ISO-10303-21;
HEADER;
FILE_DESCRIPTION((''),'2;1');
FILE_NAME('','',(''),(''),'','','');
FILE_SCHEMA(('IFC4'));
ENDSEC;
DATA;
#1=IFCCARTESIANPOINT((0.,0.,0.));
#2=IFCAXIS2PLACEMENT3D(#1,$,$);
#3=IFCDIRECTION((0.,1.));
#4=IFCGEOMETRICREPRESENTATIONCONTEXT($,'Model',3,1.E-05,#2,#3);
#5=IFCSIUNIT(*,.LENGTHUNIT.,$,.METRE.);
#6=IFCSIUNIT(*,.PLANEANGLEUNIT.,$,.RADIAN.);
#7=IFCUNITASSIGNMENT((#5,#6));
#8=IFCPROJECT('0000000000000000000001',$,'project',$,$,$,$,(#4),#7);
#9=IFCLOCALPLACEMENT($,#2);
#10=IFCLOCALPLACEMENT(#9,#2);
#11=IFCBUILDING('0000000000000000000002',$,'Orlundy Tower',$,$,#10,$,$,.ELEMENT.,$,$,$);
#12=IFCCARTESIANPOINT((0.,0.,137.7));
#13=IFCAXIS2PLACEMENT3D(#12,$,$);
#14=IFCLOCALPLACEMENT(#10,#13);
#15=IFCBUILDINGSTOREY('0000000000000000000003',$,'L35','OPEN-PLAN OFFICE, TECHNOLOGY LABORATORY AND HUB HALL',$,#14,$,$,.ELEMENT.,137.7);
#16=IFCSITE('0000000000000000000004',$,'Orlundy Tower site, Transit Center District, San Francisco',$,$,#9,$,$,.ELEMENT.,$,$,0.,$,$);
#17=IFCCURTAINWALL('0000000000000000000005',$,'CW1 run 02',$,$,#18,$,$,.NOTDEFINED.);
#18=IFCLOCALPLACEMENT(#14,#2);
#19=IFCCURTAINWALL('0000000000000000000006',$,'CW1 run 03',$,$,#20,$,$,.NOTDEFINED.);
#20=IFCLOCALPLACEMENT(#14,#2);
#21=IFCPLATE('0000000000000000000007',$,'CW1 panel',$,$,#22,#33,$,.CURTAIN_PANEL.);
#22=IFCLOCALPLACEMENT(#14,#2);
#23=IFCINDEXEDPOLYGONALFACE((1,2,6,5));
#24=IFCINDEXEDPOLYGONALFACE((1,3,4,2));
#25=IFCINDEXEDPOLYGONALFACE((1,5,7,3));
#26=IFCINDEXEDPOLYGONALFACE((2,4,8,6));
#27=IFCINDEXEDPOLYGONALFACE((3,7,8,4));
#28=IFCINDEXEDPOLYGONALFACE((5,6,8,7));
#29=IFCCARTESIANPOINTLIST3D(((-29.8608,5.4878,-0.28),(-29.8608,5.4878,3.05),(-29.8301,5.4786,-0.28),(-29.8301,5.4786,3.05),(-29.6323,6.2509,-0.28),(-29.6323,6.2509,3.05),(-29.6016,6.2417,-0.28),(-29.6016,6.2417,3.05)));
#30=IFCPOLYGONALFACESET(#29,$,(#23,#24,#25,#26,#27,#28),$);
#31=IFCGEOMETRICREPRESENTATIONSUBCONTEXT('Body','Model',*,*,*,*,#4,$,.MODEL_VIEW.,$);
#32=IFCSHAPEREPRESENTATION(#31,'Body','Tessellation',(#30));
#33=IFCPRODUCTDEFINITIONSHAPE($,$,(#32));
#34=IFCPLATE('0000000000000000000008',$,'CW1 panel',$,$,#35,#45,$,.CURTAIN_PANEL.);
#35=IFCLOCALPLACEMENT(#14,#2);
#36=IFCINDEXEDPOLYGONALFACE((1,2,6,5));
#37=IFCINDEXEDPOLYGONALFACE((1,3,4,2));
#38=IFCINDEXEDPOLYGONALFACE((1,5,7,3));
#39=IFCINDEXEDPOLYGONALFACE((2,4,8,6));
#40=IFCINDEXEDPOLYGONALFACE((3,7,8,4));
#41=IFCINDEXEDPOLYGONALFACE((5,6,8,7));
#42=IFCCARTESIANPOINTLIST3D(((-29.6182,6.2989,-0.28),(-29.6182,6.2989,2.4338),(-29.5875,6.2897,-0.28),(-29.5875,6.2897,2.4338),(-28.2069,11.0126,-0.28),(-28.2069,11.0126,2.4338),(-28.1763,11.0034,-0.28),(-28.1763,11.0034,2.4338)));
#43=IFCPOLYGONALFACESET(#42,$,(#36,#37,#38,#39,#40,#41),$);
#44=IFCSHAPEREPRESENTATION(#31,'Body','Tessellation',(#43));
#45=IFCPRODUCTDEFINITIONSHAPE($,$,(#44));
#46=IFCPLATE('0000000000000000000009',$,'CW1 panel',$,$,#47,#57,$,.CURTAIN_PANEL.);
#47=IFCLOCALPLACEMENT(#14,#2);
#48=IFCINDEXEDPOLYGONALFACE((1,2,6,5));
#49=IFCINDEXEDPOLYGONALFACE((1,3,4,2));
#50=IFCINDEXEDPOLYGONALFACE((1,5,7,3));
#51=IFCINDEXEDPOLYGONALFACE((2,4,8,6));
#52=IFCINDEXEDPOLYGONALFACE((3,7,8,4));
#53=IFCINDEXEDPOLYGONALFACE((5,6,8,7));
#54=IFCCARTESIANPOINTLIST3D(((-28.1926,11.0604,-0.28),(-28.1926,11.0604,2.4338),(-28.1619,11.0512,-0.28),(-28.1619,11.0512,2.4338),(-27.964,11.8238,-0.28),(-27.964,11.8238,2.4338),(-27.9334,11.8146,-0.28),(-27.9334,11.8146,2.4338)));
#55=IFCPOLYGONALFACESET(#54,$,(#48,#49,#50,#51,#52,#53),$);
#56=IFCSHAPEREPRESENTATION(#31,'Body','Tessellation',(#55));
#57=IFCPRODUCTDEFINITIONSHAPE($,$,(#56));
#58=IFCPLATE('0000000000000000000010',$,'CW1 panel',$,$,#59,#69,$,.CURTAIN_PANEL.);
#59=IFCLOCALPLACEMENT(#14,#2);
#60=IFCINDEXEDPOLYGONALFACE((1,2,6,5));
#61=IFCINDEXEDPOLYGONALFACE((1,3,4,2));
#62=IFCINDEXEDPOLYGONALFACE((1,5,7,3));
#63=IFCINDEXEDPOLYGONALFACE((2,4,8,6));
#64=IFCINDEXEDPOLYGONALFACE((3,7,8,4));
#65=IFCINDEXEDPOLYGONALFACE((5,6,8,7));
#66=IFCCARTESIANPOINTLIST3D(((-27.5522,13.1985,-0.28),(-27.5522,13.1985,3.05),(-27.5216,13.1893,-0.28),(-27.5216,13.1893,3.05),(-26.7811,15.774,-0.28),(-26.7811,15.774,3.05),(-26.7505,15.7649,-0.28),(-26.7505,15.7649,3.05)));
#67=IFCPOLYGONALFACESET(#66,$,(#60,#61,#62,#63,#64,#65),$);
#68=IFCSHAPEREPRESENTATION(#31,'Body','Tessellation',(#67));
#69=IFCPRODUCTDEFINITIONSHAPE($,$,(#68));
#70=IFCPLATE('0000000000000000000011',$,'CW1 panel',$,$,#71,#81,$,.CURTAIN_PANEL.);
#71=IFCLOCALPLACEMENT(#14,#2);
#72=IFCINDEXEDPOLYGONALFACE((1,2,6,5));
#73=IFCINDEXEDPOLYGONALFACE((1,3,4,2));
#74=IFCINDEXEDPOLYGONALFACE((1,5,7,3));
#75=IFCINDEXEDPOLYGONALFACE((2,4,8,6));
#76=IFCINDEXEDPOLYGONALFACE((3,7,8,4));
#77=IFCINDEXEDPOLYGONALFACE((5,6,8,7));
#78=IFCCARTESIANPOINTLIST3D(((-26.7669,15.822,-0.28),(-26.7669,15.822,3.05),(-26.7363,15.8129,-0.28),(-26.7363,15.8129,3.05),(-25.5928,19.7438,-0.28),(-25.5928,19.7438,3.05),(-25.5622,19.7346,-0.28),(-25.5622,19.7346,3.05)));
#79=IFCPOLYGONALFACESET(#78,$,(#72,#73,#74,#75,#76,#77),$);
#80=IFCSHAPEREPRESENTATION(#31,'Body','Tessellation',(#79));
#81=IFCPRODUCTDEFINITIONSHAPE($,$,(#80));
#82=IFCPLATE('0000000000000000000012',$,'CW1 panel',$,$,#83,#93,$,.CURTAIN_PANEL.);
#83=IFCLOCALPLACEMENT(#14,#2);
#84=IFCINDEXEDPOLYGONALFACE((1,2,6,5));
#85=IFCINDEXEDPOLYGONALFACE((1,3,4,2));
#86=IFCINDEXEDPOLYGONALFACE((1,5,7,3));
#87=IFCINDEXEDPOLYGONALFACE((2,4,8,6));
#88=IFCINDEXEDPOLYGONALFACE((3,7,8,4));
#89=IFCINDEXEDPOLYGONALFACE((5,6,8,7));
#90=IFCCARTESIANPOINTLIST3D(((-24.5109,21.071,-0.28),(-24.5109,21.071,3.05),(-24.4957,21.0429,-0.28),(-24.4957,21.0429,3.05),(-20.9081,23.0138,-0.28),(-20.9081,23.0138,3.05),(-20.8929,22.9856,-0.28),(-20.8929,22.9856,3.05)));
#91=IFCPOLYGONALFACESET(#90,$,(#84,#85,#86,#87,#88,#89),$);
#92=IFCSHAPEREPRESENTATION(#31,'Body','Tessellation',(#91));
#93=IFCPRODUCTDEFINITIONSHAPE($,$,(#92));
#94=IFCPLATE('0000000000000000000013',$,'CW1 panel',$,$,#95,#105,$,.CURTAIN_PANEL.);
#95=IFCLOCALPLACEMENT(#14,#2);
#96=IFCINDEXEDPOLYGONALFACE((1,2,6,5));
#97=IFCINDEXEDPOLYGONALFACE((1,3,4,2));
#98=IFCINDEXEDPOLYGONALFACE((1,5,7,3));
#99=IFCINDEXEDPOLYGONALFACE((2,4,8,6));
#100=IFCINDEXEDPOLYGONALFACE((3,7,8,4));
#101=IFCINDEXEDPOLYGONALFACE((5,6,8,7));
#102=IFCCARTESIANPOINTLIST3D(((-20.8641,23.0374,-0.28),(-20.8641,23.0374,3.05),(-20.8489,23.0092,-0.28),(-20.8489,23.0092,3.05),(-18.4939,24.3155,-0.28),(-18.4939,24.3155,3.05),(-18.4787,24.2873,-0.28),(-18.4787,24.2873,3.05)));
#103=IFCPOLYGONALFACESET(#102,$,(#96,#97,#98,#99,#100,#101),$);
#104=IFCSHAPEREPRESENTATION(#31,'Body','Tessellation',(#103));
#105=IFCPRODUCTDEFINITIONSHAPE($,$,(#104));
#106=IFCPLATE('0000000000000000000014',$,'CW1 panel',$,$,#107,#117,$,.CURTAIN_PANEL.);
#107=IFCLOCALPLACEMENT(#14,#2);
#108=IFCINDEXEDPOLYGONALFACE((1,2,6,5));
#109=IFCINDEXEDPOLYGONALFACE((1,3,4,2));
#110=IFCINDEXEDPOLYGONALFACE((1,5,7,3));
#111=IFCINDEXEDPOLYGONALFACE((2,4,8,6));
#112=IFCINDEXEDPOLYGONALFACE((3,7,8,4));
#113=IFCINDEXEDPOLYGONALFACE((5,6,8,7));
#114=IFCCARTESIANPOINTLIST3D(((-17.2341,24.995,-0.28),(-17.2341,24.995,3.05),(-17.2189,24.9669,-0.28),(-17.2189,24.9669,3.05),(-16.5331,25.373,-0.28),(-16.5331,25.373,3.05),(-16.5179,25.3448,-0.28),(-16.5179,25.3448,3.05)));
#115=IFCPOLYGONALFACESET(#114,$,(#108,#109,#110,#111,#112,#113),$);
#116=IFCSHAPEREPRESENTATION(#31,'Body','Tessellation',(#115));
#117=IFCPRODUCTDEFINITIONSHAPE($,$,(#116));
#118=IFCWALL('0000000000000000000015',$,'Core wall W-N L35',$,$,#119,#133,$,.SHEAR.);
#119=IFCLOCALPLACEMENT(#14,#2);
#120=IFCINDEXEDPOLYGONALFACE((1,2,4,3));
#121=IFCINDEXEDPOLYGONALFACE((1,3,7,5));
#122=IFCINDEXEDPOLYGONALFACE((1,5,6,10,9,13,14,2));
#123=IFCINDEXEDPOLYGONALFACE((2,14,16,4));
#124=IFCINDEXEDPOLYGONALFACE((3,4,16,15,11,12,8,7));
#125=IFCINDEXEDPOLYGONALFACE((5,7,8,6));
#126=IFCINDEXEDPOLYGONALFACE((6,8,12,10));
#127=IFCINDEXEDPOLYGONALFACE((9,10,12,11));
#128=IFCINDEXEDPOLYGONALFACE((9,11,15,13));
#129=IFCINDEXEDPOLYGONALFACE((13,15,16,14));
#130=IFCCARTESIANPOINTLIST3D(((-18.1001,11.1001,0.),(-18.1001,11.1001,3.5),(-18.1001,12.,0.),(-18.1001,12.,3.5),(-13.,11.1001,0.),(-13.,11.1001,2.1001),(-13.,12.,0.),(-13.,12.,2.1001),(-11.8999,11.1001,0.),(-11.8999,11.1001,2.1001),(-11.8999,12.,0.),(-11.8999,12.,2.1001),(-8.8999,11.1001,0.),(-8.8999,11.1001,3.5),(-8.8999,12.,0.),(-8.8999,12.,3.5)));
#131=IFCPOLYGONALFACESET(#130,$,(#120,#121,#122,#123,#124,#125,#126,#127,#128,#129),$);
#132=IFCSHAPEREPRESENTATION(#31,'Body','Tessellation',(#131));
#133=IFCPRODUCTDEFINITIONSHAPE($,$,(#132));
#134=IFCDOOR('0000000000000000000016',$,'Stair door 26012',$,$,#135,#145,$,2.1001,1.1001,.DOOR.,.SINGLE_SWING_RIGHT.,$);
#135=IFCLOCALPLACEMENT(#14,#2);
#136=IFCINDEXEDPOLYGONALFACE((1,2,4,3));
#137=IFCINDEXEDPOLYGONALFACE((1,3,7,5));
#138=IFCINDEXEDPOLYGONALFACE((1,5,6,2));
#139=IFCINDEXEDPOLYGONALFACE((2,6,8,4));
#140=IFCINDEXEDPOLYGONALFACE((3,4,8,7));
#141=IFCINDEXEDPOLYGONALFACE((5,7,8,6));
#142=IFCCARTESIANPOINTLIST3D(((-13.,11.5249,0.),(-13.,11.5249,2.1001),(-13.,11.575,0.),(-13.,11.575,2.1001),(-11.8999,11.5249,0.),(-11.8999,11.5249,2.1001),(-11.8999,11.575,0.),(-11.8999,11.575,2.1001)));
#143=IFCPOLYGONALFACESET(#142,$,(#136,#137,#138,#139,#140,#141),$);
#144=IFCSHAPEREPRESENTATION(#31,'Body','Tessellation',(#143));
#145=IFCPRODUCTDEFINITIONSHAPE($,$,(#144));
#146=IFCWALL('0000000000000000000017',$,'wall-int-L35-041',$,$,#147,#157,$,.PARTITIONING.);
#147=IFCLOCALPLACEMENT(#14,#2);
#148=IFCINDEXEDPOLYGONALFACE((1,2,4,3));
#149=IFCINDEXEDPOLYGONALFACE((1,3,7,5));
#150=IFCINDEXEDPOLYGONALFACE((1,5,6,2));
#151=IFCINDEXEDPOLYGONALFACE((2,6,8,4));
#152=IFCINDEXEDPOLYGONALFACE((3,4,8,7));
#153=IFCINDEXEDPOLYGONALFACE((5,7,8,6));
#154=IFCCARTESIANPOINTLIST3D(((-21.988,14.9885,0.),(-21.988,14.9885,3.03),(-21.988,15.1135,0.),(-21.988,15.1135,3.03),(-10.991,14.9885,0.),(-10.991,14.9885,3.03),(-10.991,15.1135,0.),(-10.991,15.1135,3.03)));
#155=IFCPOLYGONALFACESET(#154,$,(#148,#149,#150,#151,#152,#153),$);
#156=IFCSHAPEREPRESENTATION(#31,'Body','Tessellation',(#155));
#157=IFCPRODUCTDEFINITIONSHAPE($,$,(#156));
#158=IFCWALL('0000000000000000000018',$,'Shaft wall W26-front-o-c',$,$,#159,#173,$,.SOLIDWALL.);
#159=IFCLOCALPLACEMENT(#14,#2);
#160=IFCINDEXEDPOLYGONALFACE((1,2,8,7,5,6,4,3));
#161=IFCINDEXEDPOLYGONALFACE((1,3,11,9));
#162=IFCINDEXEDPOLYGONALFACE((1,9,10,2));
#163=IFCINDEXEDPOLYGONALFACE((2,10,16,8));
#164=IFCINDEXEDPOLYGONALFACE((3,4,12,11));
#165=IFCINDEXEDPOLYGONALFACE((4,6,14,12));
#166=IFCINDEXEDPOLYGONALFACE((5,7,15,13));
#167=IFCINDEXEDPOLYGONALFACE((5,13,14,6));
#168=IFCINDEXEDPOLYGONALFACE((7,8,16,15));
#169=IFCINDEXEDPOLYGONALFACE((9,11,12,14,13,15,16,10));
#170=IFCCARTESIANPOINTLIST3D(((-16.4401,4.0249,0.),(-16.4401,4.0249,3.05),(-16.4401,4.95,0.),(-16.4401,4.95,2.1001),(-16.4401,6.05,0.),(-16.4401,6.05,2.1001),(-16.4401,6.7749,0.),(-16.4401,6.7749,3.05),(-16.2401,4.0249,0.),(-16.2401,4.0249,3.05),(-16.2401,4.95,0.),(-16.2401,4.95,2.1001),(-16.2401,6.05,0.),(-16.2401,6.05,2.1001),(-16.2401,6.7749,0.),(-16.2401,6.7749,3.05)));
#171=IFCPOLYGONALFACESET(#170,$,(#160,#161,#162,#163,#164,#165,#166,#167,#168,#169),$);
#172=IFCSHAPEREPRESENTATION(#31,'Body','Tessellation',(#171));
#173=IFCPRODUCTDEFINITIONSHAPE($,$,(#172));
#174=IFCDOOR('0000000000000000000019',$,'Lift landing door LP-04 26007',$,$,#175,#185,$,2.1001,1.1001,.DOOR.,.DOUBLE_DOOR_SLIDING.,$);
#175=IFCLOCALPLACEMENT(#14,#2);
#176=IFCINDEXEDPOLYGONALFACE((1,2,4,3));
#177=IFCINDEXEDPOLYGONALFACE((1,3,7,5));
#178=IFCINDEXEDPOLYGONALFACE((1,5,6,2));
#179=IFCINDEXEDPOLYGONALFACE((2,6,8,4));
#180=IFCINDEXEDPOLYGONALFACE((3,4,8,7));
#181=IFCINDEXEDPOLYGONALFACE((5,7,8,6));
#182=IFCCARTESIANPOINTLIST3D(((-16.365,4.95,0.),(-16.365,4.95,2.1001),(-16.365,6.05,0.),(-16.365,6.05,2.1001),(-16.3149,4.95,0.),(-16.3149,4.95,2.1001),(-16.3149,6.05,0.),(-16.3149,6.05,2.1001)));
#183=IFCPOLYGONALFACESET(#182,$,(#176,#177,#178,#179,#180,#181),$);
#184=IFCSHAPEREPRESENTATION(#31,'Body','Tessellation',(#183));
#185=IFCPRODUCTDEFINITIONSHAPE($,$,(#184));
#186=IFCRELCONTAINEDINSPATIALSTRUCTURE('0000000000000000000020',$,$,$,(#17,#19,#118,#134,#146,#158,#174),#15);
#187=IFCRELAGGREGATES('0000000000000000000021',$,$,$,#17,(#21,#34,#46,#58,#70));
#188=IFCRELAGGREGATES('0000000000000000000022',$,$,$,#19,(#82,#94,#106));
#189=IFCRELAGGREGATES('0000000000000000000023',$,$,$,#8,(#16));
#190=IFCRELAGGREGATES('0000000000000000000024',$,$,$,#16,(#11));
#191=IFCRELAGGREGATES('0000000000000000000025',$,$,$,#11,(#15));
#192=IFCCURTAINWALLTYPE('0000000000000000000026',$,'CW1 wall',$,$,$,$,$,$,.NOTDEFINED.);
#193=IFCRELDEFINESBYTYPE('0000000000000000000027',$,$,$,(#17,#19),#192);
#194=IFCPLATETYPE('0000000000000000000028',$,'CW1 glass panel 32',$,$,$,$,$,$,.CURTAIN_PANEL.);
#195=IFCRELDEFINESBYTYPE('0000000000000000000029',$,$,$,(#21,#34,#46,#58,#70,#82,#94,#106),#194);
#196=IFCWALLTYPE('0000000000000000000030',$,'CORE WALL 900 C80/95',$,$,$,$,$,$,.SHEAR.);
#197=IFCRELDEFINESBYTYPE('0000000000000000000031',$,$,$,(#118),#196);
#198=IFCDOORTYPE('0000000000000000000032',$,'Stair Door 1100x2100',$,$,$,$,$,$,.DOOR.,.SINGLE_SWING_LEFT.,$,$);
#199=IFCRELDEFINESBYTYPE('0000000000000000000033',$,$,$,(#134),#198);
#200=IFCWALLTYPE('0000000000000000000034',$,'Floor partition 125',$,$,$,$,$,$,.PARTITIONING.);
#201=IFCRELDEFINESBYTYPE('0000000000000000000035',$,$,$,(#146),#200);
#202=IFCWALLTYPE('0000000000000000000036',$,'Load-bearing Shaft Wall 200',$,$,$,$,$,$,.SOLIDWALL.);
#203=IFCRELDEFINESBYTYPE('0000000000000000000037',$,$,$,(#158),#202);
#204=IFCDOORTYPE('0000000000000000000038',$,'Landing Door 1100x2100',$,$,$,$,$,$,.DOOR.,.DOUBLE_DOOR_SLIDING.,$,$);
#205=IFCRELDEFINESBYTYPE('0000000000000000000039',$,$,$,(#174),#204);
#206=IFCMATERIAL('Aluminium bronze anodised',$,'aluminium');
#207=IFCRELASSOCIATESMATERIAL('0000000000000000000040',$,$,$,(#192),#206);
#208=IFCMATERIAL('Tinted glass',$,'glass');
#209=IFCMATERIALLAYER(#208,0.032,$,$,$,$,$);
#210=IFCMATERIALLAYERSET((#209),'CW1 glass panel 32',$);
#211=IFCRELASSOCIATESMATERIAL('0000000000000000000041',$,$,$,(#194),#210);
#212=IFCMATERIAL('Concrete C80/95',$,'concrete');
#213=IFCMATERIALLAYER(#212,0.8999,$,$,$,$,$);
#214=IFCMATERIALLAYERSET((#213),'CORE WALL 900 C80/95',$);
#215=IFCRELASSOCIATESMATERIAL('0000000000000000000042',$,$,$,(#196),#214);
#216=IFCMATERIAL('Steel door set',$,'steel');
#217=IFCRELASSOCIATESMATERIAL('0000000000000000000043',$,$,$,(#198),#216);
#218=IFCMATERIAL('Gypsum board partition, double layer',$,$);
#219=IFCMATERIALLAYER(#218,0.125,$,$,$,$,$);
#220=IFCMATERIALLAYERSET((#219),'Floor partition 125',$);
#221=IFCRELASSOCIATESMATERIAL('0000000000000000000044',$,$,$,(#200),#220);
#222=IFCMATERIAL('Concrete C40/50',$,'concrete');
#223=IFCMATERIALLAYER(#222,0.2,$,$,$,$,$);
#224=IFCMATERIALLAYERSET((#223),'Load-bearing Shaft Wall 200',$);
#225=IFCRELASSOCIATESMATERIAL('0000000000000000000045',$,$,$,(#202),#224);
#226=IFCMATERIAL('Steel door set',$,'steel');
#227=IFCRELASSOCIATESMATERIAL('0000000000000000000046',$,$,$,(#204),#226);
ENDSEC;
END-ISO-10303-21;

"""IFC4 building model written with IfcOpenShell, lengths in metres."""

from ifc_helpers import new_model, si_unit, direction, frame, frame_2d, origin, origin_2d, place, context, subcontext, project, spatial, rectangle, extrude, material, layer, layer_set, type_object, element, fill, aggregate, save


model = new_model("IFC4")

# Units and contexts
model_context = context("Model", 3, precision=1e-05, world=origin(), true_north=direction((0.0, 1.0)))
body_context = subcontext(model_context, "Body", "Model", "MODEL_VIEW")
ifc_project = project(units=[si_unit("LENGTHUNIT", "METRE"), si_unit("PLANEANGLEUNIT", "RADIAN")], contexts=[model_context])

# Site, building, storey
site_placement = place(None, origin())
site = spatial("IfcSite", under=ifc_project, at=site_placement, Name="Orlundy Tower site, Transit Center District, San Francisco", CompositionType="ELEMENT", RefElevation=0.0)
building_placement = place(site_placement, origin())
building = spatial("IfcBuilding", under=site, at=building_placement, Name="Orlundy Tower", CompositionType="ELEMENT")
storey_placement = place(building_placement, frame((0.0, 0.0, 137.7)))
storey = spatial("IfcBuildingStorey", under=building, at=storey_placement, Name="L35", Description="OPEN-PLAN OFFICE, TECHNOLOGY LABORATORY AND HUB HALL", CompositionType="ELEMENT", Elevation=137.7)

# Curtain walls
ifc_material_1 = material(Name="Aluminium bronze anodised", Category="aluminium")
curtain_wall_type = type_object("IfcCurtainWallType", Name="CW1 wall", PredefinedType="NOTDEFINED", material=ifc_material_1)
curtain_wall_1_placement = place(storey_placement, origin())
curtain_wall_1 = element("IfcCurtainWall", 1, at=curtain_wall_1_placement, inside=storey, type_object=curtain_wall_type, Name="CW1 run 02", PredefinedType="NOTDEFINED")
curtain_wall_2_placement = place(storey_placement, origin())
curtain_wall_2 = element("IfcCurtainWall", 2, at=curtain_wall_2_placement, inside=storey, type_object=curtain_wall_type, Name="CW1 run 03", PredefinedType="NOTDEFINED")

# Plates
ifc_material_2 = material(Name="Tinted glass", Category="glass")
ifc_layer_1 = layer(ifc_material_2, 0.032)
ifc_layer_set_1 = layer_set([ifc_layer_1], Name="CW1 glass panel 32")
plate_type = type_object("IfcPlateType", Name="CW1 glass panel 32", PredefinedType="CURTAIN_PANEL", material=ifc_layer_set_1)
plate_1_placement = place(storey_placement, frame((-29.7312, 5.8647, -0.28), z_axis=(0.0, 0.0, 1.0), x_axis=(0.286816, 0.957986, 0.0)))
plate_1 = element("IfcPlate", 3, at=plate_1_placement, type_object=plate_type, Name="CW1 panel", PredefinedType="CURTAIN_PANEL", context=body_context, shape_type="SweptSolid", body=[
    extrude(rectangle(XDim=0.7966, YDim=0.032, at=origin_2d()), origin(), (0.0, 0.0, 1.0), 3.3301),
])
plate_2_placement = place(storey_placement, frame((-28.8972, 8.6511, -0.28), z_axis=(0.0, 0.0, 1.0), x_axis=(0.286816, 0.957986, 0.0)))
plate_2 = element("IfcPlate", 4, at=plate_2_placement, type_object=plate_type, Name="CW1 panel", PredefinedType="CURTAIN_PANEL", context=body_context, shape_type="SweptSolid", body=[
    extrude(rectangle(XDim=4.9204, YDim=0.032, at=origin_2d()), origin(), (0.0, 0.0, 1.0), 2.7139),
])
plate_3_placement = place(storey_placement, frame((-28.063, 11.4375, -0.28), z_axis=(0.0, 0.0, 1.0), x_axis=(0.286816, 0.957986, 0.0)))
plate_3 = element("IfcPlate", 5, at=plate_3_placement, type_object=plate_type, Name="CW1 panel", PredefinedType="CURTAIN_PANEL", context=body_context, shape_type="SweptSolid", body=[
    extrude(rectangle(XDim=0.7969, YDim=0.032, at=origin_2d()), origin(), (0.0, 0.0, 1.0), 2.7139),
])
plate_4_placement = place(storey_placement, frame((-27.1514, 14.4817, -0.28), z_axis=(0.0, 0.0, 1.0), x_axis=(0.286816, 0.957986, 0.0)))
plate_4 = element("IfcPlate", 6, at=plate_4_placement, type_object=plate_type, Name="CW1 panel", PredefinedType="CURTAIN_PANEL", context=body_context, shape_type="SweptSolid", body=[
    extrude(rectangle(XDim=2.6885, YDim=0.032, at=origin_2d()), origin(), (0.0, 0.0, 1.0), 3.3301),
])
plate_5_placement = place(storey_placement, frame((-26.1646, 17.7783, -0.28), z_axis=(0.0, 0.0, 1.0), x_axis=(0.286816, 0.957986, 0.0)))
plate_5 = element("IfcPlate", 7, at=plate_5_placement, type_object=plate_type, Name="CW1 panel", PredefinedType="CURTAIN_PANEL", context=body_context, shape_type="SweptSolid", body=[
    extrude(rectangle(XDim=4.0938, YDim=0.032, at=origin_2d()), origin(), (0.0, 0.0, 1.0), 3.3301),
])
aggregate(curtain_wall_1, [plate_1, plate_2, plate_3, plate_4, plate_5])
plate_6_placement = place(storey_placement, frame((-22.7019, 22.0283, -0.28), z_axis=(0.0, 0.0, 1.0), x_axis=(0.880192, 0.474618, 0.0)))
plate_6 = element("IfcPlate", 8, at=plate_6_placement, type_object=plate_type, Name="CW1 panel", PredefinedType="CURTAIN_PANEL", context=body_context, shape_type="SweptSolid", body=[
    extrude(rectangle(XDim=4.0933, YDim=0.032, at=origin_2d()), origin(), (0.0, 0.0, 1.0), 3.3301),
])
plate_7_placement = place(storey_placement, frame((-19.6714, 23.6624, -0.28), z_axis=(0.0, 0.0, 1.0), x_axis=(0.880192, 0.474618, 0.0)))
plate_7 = element("IfcPlate", 9, at=plate_7_placement, type_object=plate_type, Name="CW1 panel", PredefinedType="CURTAIN_PANEL", context=body_context, shape_type="SweptSolid", body=[
    extrude(rectangle(XDim=2.6929, YDim=0.032, at=origin_2d()), origin(), (0.0, 0.0, 1.0), 3.3301),
])
plate_8_placement = place(storey_placement, frame((-16.876, 25.1699, -0.28), z_axis=(0.0, 0.0, 1.0), x_axis=(0.880192, 0.474618, 0.0)))
plate_8 = element("IfcPlate", 10, at=plate_8_placement, type_object=plate_type, Name="CW1 panel", PredefinedType="CURTAIN_PANEL", context=body_context, shape_type="SweptSolid", body=[
    extrude(rectangle(XDim=0.7964, YDim=0.032, at=origin_2d()), origin(), (0.0, 0.0, 1.0), 3.3301),
])
aggregate(curtain_wall_2, [plate_6, plate_7, plate_8])

# Wall, opening, door
ifc_material_3 = material(Name="Concrete C80/95", Category="concrete")
ifc_layer_2 = layer(ifc_material_3, 0.8999)
ifc_layer_set_2 = layer_set([ifc_layer_2], Name="CORE WALL 900 C80/95")
wall_type_1 = type_object("IfcWallType", Name="CORE WALL 900 C80/95", PredefinedType="SHEAR", material=ifc_layer_set_2)
wall_1_placement = place(storey_placement, frame((-18.1001, 11.55, 0.0), z_axis=(0.0, 0.0, 1.0), x_axis=(1.0, 0.0, 0.0)))
wall_1 = element("IfcWall", 11, at=wall_1_placement, inside=storey, type_object=wall_type_1, Name="Core wall W-N L35", PredefinedType="SHEAR", context=body_context, shape_type="SweptSolid", body=[
    extrude(rectangle(XDim=9.2002, YDim=0.8999, at=frame_2d((4.6001, 0.0))), origin(), (0.0, 0.0, 1.0), 3.5),
])
opening_1_placement = place(wall_1_placement, frame((5.1001, 0.0, 0.0)))
opening_1 = element("IfcOpeningElement", 12, at=opening_1_placement, cuts=wall_1, PredefinedType="OPENING", context=body_context, shape_type="SweptSolid", body=[
    extrude(rectangle(XDim=1.1001, YDim=2.1001, at=frame_2d((0.55, 1.05))), frame((0.0, 0.46, 0.0), z_axis=(0.0, -1.0, 0.0), x_axis=(1.0, 0.0, 0.0)), (0.0, 0.0, 1.0), 0.9199),
])
ifc_material_4 = material(Name="Steel door set", Category="steel")
door_type_1 = type_object("IfcDoorType", Name="Stair Door 1100x2100", OperationType="SINGLE_SWING_LEFT", PredefinedType="DOOR", material=ifc_material_4)
door_1_placement = place(opening_1_placement, origin())
door_1 = element("IfcDoor", 13, at=door_1_placement, inside=storey, type_object=door_type_1, Name="Stair door 26012", OperationType="SINGLE_SWING_RIGHT", OverallHeight=2.1001, OverallWidth=1.1001, PredefinedType="DOOR", context=body_context, shape_type="SweptSolid", body=[
    extrude(rectangle(XDim=1.1001, YDim=2.1001, at=frame_2d((0.55, 1.05))), frame((0.0, 0.0249, 0.0), z_axis=(0.0, -1.0, 0.0), x_axis=(1.0, 0.0, 0.0)), (0.0, 0.0, 1.0), 0.05),
])
fill(opening_1, door_1)

# Wall
ifc_material_5 = material(Name="Gypsum board partition, double layer")
ifc_layer_3 = layer(ifc_material_5, 0.125)
ifc_layer_set_3 = layer_set([ifc_layer_3], Name="Floor partition 125")
wall_type_2 = type_object("IfcWallType", Name="Floor partition 125", PredefinedType="PARTITIONING", material=ifc_layer_set_3)
wall_2_placement = place(storey_placement, frame((-21.988, 15.051, 0.0), z_axis=(0.0, 0.0, 1.0), x_axis=(1.0, 0.0, 0.0)))
element("IfcWall", 14, at=wall_2_placement, inside=storey, type_object=wall_type_2, Name="wall-int-L35-041", PredefinedType="PARTITIONING", context=body_context, shape_type="SweptSolid", body=[
    extrude(rectangle(XDim=10.9971, YDim=0.125, at=frame_2d((5.4985, 0.0))), origin(), (0.0, 0.0, 1.0), 3.03),
])

# Wall, opening, door
ifc_material_6 = material(Name="Concrete C40/50", Category="concrete")
ifc_layer_4 = layer(ifc_material_6, 0.2)
ifc_layer_set_4 = layer_set([ifc_layer_4], Name="Load-bearing Shaft Wall 200")
wall_type_3 = type_object("IfcWallType", Name="Load-bearing Shaft Wall 200", PredefinedType="SOLIDWALL", material=ifc_layer_set_4)
wall_3_placement = place(storey_placement, frame((-16.3401, 4.0249, 0.0), z_axis=(0.0, 0.0, 1.0), x_axis=(0.0, 1.0, 0.0)))
wall_3 = element("IfcWall", 15, at=wall_3_placement, inside=storey, type_object=wall_type_3, Name="Shaft wall W26-front-o-c", PredefinedType="SOLIDWALL", context=body_context, shape_type="SweptSolid", body=[
    extrude(rectangle(XDim=2.75, YDim=0.2, at=frame_2d((1.375, 0.0))), origin(), (0.0, 0.0, 1.0), 3.05),
])
opening_2_placement = place(wall_3_placement, frame((0.925, 0.0, 0.0)))
opening_2 = element("IfcOpeningElement", 16, at=opening_2_placement, cuts=wall_3, PredefinedType="OPENING", context=body_context, shape_type="SweptSolid", body=[
    extrude(rectangle(XDim=1.1001, YDim=2.1001, at=frame_2d((0.55, 1.05))), frame((0.0, 0.1101, 0.0), z_axis=(0.0, -1.0, 0.0), x_axis=(1.0, 0.0, 0.0)), (0.0, 0.0, 1.0), 0.2202),
])
ifc_material_7 = material(Name="Steel door set", Category="steel")
door_type_2 = type_object("IfcDoorType", Name="Landing Door 1100x2100", OperationType="DOUBLE_DOOR_SLIDING", PredefinedType="DOOR", material=ifc_material_7)
door_2_placement = place(opening_2_placement, origin())
door_2 = element("IfcDoor", 17, at=door_2_placement, inside=storey, type_object=door_type_2, Name="Lift landing door LP-04 26007", OperationType="DOUBLE_DOOR_SLIDING", OverallHeight=2.1001, OverallWidth=1.1001, PredefinedType="DOOR", context=body_context, shape_type="SweptSolid", body=[
    extrude(rectangle(XDim=1.1001, YDim=2.1001, at=frame_2d((0.55, 1.05))), frame((0.0, 0.0249, 0.0), z_axis=(0.0, -1.0, 0.0), x_axis=(1.0, 0.0, 0.0)), (0.0, 0.0, 1.0), 0.05),
])
fill(opening_2, door_2)

save(model, "model.ifc")
